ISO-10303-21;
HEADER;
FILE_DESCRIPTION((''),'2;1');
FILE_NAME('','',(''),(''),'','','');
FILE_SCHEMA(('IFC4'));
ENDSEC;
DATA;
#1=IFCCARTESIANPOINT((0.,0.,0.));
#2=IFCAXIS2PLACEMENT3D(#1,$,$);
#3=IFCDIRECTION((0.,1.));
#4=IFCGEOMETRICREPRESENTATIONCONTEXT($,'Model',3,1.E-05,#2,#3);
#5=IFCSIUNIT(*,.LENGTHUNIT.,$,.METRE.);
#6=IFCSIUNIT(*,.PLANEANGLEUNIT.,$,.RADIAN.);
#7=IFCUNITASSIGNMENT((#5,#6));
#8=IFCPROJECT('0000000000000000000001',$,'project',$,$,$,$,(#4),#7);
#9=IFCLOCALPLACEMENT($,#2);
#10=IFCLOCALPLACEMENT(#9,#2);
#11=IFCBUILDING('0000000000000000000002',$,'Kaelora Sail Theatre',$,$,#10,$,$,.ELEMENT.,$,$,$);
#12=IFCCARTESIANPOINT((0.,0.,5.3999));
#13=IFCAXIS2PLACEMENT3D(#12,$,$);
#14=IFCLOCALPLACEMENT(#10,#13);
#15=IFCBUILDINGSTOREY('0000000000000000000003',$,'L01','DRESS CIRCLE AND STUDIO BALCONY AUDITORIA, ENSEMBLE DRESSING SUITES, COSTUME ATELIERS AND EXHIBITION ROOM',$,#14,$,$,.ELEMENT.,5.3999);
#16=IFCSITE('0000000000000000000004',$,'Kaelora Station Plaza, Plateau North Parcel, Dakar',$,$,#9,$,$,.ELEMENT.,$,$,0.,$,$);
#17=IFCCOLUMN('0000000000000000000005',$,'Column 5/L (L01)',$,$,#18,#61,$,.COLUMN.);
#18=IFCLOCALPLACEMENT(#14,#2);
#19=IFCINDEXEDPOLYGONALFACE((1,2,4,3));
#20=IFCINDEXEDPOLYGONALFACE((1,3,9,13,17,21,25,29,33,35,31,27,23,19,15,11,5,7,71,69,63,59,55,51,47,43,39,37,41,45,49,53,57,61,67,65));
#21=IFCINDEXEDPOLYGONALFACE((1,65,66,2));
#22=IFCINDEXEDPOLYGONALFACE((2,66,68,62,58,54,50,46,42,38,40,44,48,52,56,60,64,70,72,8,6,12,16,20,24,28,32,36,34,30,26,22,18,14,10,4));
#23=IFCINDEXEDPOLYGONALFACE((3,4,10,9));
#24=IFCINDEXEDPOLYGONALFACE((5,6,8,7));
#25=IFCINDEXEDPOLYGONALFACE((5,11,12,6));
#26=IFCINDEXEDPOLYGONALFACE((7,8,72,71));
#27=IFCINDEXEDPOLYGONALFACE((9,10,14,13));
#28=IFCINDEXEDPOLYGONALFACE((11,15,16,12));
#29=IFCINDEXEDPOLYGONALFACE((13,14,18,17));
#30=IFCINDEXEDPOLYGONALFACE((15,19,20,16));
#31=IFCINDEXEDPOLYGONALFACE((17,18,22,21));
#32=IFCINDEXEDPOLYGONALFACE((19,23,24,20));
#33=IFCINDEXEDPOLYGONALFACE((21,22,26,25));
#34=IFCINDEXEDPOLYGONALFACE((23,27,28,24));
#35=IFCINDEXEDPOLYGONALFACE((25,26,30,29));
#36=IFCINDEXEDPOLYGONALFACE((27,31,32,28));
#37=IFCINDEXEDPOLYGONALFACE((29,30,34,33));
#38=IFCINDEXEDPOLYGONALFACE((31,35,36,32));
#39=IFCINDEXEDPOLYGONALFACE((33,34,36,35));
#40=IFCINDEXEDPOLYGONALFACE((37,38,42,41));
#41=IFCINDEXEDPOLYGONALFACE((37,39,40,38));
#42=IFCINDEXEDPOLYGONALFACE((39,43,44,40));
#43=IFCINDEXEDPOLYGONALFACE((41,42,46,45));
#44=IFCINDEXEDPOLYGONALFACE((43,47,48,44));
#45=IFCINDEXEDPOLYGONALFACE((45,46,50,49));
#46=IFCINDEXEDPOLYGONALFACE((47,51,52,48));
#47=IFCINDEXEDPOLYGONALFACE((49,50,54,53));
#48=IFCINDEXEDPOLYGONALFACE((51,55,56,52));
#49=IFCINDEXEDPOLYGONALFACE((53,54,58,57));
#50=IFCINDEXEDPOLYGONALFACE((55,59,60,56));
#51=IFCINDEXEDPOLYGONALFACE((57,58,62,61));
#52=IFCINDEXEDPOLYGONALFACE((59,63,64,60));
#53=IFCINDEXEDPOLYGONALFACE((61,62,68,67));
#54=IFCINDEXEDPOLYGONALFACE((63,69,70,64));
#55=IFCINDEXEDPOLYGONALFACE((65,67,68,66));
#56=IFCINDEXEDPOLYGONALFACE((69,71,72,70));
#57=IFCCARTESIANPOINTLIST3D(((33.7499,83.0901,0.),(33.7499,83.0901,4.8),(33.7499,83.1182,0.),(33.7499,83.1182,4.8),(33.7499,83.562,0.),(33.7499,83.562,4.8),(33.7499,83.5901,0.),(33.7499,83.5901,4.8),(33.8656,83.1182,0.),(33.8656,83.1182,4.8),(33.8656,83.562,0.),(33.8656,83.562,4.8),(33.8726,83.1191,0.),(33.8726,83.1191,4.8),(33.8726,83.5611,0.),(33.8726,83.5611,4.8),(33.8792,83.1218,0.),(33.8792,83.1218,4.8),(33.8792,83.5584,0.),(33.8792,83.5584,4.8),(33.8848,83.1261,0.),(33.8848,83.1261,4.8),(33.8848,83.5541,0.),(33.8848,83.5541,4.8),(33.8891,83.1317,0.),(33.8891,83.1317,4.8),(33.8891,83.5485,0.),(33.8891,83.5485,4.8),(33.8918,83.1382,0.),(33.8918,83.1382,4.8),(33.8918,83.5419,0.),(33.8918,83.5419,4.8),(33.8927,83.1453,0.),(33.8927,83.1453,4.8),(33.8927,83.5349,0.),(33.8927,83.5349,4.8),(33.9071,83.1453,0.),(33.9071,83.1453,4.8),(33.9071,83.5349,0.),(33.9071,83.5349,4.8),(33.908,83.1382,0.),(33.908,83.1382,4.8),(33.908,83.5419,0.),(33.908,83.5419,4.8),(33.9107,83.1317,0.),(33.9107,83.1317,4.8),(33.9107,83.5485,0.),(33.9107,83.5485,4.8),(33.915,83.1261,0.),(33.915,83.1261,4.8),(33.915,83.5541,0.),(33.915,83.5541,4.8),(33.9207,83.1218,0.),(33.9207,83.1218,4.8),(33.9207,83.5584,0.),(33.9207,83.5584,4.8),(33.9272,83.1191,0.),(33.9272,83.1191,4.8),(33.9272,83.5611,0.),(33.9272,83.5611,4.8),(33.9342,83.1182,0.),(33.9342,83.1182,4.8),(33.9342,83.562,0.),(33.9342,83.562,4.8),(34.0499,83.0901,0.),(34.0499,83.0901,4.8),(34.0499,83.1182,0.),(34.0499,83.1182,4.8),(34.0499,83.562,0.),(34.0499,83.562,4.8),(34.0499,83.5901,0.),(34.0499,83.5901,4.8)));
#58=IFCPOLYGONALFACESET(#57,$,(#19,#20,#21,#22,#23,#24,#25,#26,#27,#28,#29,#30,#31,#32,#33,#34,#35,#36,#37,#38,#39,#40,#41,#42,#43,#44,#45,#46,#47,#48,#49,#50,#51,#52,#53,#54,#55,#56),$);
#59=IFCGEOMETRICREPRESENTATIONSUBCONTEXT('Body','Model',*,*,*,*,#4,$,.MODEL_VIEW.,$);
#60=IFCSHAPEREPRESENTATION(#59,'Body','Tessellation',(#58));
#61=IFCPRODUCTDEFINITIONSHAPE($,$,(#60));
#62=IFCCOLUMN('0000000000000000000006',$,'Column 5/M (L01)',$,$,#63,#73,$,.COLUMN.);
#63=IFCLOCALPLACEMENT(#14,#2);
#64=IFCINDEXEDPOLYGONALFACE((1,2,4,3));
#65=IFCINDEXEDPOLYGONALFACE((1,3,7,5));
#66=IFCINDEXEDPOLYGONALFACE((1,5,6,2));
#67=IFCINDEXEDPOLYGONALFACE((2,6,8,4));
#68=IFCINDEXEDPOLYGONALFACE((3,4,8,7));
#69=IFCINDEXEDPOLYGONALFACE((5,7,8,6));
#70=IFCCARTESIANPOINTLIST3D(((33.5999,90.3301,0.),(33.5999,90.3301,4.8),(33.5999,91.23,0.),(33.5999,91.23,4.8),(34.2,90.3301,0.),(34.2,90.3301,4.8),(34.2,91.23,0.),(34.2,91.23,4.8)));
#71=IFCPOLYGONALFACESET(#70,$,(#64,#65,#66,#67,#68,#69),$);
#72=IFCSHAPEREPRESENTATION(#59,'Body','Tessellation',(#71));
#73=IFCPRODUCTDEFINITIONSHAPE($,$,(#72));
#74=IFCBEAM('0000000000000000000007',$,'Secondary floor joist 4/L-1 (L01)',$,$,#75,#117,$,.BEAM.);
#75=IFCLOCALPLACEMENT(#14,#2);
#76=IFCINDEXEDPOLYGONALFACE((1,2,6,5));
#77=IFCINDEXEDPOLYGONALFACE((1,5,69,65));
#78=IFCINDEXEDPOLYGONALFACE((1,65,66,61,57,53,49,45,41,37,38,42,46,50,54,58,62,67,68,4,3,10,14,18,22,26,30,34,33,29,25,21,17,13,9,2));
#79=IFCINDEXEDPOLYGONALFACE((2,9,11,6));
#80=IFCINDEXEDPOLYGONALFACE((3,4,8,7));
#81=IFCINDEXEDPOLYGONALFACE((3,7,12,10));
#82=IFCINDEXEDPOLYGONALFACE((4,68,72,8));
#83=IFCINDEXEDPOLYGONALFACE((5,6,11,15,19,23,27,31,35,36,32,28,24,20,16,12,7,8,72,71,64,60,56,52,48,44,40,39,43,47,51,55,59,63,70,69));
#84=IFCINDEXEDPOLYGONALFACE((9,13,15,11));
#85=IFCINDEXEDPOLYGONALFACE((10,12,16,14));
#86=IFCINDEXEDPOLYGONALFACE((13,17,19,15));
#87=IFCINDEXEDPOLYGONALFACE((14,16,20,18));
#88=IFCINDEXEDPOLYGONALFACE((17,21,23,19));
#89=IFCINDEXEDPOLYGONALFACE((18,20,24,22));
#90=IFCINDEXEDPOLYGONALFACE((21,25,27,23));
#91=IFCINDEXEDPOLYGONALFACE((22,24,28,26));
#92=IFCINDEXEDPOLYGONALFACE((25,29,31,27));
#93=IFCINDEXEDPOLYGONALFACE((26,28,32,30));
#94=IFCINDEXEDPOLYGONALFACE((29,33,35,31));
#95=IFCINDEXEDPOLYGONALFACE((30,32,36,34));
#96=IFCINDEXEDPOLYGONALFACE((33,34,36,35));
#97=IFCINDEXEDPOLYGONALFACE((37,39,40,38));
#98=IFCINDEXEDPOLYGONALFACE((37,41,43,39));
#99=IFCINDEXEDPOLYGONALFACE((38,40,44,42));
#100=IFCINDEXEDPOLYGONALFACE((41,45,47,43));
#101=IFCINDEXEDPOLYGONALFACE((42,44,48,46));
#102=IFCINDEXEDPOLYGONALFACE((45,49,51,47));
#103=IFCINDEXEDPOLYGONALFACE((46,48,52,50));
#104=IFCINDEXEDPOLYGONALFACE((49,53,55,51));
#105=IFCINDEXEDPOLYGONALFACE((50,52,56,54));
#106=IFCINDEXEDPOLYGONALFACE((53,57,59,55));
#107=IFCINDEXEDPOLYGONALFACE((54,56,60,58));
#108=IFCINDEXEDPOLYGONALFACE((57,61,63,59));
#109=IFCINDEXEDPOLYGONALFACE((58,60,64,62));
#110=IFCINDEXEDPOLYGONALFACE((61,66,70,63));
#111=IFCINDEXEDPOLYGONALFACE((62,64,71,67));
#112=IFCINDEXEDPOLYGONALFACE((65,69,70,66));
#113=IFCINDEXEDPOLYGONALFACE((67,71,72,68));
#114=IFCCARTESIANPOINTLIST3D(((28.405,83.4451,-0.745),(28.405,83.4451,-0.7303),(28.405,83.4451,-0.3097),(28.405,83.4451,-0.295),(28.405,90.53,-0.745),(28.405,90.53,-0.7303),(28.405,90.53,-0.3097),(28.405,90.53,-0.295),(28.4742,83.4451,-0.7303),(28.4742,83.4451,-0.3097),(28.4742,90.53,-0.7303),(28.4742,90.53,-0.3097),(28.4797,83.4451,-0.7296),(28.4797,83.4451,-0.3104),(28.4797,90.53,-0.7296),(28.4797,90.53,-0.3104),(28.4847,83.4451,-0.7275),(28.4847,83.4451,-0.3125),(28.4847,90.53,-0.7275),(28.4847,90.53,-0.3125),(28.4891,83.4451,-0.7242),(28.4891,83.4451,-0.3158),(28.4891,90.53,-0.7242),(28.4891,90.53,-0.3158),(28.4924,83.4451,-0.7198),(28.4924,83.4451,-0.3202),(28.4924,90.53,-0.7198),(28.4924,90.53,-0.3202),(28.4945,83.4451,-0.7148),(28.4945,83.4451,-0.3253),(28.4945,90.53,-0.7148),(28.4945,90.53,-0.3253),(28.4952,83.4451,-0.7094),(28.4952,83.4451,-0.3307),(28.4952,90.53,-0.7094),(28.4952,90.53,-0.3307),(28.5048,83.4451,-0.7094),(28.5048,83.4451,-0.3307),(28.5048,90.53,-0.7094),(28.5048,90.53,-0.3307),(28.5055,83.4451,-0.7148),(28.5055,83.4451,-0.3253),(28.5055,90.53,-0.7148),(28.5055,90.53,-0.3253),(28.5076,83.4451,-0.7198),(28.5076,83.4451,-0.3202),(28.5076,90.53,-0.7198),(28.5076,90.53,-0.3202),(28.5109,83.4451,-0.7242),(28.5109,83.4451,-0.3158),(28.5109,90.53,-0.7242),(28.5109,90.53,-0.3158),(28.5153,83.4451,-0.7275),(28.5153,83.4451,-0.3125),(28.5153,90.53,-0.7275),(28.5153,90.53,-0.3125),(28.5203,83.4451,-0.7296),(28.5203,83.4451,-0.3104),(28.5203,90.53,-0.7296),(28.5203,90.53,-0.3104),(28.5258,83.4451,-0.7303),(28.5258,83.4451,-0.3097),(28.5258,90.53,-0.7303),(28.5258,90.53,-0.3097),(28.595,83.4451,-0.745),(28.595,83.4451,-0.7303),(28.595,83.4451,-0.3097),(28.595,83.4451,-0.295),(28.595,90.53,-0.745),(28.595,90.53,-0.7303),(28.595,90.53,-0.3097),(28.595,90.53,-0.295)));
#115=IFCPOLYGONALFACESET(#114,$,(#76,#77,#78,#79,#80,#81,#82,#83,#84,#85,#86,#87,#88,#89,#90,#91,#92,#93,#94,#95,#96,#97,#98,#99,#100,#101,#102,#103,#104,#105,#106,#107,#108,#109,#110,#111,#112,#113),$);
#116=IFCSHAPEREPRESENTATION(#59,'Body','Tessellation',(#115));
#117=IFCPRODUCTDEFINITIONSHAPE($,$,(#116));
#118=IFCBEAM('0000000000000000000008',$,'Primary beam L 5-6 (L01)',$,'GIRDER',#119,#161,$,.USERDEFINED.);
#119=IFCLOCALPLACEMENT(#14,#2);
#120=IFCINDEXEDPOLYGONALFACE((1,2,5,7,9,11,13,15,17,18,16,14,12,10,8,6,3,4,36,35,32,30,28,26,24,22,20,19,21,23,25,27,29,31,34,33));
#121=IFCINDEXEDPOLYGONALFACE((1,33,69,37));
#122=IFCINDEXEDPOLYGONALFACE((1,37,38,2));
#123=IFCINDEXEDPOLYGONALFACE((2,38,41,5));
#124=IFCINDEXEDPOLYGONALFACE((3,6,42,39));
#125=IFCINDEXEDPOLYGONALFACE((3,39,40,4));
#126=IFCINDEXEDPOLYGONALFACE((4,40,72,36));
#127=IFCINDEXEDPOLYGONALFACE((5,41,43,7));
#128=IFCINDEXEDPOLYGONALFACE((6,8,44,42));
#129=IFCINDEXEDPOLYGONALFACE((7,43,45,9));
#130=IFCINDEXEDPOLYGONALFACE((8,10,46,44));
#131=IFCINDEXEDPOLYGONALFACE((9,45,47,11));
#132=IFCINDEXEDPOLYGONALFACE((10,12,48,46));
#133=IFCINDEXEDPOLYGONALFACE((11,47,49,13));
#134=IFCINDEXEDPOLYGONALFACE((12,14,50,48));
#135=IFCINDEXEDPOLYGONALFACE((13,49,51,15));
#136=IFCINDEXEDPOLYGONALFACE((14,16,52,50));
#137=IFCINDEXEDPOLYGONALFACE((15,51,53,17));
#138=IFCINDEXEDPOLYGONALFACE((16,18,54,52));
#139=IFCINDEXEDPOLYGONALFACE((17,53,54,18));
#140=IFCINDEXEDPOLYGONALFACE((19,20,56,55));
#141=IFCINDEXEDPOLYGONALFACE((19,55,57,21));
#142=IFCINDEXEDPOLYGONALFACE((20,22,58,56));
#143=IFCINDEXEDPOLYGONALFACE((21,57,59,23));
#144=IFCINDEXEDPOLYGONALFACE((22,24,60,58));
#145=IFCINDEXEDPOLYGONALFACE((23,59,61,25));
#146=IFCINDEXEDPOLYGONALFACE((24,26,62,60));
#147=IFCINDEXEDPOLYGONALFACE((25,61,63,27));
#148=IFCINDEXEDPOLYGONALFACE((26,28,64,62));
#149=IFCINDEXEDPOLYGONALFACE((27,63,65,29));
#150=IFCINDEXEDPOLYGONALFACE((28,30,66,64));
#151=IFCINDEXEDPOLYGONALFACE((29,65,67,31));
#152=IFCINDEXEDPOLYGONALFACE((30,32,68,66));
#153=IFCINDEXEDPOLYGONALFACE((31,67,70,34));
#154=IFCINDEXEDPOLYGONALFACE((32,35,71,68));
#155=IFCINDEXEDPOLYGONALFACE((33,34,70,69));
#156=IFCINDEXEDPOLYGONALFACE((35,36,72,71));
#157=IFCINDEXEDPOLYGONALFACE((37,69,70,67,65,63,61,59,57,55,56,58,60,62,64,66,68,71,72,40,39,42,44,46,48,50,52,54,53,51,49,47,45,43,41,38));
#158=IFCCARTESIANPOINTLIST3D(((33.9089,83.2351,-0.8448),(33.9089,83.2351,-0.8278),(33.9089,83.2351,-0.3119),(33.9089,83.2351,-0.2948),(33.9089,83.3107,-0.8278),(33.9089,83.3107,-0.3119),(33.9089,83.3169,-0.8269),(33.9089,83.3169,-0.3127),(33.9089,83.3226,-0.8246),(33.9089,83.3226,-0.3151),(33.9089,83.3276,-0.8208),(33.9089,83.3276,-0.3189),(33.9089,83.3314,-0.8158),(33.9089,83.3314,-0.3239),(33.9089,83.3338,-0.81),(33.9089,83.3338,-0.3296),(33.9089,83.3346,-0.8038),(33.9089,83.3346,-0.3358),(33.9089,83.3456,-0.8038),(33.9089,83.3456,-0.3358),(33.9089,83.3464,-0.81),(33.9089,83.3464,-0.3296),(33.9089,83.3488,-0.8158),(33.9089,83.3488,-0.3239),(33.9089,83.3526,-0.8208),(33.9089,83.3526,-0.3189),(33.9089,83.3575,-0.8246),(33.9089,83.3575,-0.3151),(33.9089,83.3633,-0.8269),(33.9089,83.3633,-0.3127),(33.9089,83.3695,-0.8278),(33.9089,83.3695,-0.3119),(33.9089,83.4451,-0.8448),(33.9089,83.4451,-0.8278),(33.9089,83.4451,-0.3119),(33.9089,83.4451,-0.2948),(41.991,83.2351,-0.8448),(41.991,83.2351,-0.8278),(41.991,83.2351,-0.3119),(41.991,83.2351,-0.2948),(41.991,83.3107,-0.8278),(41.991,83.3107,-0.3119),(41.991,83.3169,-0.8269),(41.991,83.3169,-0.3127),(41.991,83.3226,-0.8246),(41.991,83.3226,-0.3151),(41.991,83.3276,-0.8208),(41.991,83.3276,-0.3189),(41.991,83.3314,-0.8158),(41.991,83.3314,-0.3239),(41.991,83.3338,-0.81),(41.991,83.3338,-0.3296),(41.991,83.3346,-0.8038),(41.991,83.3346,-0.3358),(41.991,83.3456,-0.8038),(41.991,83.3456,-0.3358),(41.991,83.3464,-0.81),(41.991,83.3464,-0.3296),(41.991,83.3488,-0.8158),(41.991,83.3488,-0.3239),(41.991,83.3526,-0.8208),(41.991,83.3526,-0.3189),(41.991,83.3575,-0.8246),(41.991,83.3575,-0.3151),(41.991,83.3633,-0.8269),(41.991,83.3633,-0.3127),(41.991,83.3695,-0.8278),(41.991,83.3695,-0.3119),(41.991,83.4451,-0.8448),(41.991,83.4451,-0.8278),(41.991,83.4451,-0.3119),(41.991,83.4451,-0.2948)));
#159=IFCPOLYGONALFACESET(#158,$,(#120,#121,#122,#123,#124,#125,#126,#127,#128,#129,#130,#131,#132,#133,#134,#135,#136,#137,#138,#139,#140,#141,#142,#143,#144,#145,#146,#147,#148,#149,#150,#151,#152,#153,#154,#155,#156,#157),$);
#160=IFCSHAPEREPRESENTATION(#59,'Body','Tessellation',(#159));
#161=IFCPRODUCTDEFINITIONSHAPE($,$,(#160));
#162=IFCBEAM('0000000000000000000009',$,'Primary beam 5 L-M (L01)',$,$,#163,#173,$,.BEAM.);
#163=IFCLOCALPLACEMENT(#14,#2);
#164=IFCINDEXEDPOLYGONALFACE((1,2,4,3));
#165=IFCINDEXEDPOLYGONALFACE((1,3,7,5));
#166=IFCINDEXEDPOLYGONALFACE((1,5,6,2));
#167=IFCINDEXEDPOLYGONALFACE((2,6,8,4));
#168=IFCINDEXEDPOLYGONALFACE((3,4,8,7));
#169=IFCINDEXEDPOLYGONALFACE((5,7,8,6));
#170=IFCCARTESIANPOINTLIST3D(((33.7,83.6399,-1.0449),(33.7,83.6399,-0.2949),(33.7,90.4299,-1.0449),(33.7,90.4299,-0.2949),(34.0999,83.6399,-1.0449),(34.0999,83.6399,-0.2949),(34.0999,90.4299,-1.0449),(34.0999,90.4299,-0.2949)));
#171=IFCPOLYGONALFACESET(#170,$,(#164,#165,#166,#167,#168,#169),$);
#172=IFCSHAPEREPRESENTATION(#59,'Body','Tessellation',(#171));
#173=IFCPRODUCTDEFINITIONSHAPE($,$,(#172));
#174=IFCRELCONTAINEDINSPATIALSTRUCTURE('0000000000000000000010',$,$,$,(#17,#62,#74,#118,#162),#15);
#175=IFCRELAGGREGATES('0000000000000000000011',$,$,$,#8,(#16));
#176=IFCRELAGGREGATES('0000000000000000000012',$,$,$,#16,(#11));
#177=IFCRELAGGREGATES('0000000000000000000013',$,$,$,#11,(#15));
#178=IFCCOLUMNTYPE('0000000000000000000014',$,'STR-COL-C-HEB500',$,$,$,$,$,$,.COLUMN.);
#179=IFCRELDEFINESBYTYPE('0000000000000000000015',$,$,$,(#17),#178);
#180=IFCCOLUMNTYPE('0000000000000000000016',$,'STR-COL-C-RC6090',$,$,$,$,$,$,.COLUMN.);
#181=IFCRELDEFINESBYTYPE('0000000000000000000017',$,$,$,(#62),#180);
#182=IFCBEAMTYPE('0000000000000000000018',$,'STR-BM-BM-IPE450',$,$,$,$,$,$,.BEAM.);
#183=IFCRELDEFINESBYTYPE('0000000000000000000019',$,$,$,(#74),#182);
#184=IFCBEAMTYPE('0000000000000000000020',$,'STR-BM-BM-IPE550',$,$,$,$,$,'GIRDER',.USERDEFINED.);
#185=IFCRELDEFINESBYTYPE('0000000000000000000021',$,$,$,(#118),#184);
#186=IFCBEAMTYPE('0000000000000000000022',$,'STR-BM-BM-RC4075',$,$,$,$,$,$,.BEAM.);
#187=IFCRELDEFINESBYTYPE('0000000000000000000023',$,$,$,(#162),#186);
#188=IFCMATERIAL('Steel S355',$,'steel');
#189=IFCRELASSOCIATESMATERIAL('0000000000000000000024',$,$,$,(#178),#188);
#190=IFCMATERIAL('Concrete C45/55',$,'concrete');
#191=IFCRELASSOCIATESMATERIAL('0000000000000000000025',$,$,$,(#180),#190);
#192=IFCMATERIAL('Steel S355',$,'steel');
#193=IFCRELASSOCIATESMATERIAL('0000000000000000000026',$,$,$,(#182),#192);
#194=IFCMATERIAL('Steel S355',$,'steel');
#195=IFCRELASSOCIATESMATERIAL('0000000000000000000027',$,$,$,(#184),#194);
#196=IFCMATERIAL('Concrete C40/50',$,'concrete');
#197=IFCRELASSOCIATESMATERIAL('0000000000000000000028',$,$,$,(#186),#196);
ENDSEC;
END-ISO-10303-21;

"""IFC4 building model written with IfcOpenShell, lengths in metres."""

from ifc_helpers import new_model, si_unit, direction, frame, origin, origin_2d, place, context, subcontext, project, spatial, rectangle, i_section, extrude, material, material_profile, profile_set, type_object, element, save


model = new_model("IFC4")

# Units and contexts
model_context = context("Model", 3, precision=1e-05, world=origin(), true_north=direction((0.0, 1.0)))
body_context = subcontext(model_context, "Body", "Model", "MODEL_VIEW")
ifc_project = project(units=[si_unit("LENGTHUNIT", "METRE"), si_unit("PLANEANGLEUNIT", "RADIAN")], contexts=[model_context])

# Site, building, storey
site_placement = place(None, origin())
site = spatial("IfcSite", under=ifc_project, at=site_placement, Name="Kaelora Station Plaza, Plateau North Parcel, Dakar", CompositionType="ELEMENT", RefElevation=0.0)
building_placement = place(site_placement, origin())
building = spatial("IfcBuilding", under=site, at=building_placement, Name="Kaelora Sail Theatre", CompositionType="ELEMENT")
storey_placement = place(building_placement, frame((0.0, 0.0, 5.3999)))
storey = spatial("IfcBuildingStorey", under=building, at=storey_placement, Name="L01", Description="DRESS CIRCLE AND STUDIO BALCONY AUDITORIA, ENSEMBLE DRESSING SUITES, COSTUME ATELIERS AND EXHIBITION ROOM", CompositionType="ELEMENT", Elevation=5.3999)

# Columns
ifc_material_1 = material(Name="Steel S355", Category="steel")
ifc_material_profile_1 = material_profile(ifc_material_1, i_section(OverallWidth=0.3, OverallDepth=0.5, WebThickness=0.0144, FlangeThickness=0.0281, FilletRadius=0.0271, at=origin_2d()), Name="HEB 500")
ifc_profile_set_1 = profile_set([ifc_material_profile_1], Name="Steel S355")
column_type_1 = type_object("IfcColumnType", Name="STR-COL-C-HEB500", PredefinedType="COLUMN", material=ifc_profile_set_1)
column_1_placement = place(storey_placement, frame((33.8999, 83.3401, 0.0), z_axis=(0.0, 0.0, 1.0), x_axis=(1.0, 0.0, 0.0)))
element("IfcColumn", 1, at=column_1_placement, inside=storey, type_object=column_type_1, Name="Column 5/L (L01)", PredefinedType="COLUMN", context=body_context, shape_type="SweptSolid", body=[
    extrude(i_section(OverallWidth=0.3, OverallDepth=0.5, WebThickness=0.0144, FlangeThickness=0.0281, FilletRadius=0.0271, at=origin_2d()), origin(), (0.0, 0.0, 1.0), 4.8),
])
ifc_material_2 = material(Name="Concrete C45/55", Category="concrete")
ifc_material_profile_2 = material_profile(ifc_material_2, rectangle(XDim=0.6001, YDim=0.8999, at=origin_2d()), Name="RC-COL 600x900")
ifc_profile_set_2 = profile_set([ifc_material_profile_2], Name="Concrete C45/55")
column_type_2 = type_object("IfcColumnType", Name="STR-COL-C-RC6090", PredefinedType="COLUMN", material=ifc_profile_set_2)
column_2_placement = place(storey_placement, frame((33.8999, 90.78, 0.0), z_axis=(0.0, 0.0, 1.0), x_axis=(1.0, 0.0, 0.0)))
element("IfcColumn", 2, at=column_2_placement, inside=storey, type_object=column_type_2, Name="Column 5/M (L01)", PredefinedType="COLUMN", context=body_context, shape_type="SweptSolid", body=[
    extrude(rectangle(XDim=0.6001, YDim=0.8999, at=origin_2d()), origin(), (0.0, 0.0, 1.0), 4.8),
])

# Beams
ifc_material_3 = material(Name="Steel S355", Category="steel")
ifc_material_profile_3 = material_profile(ifc_material_3, i_section(OverallWidth=0.1899, OverallDepth=0.45, WebThickness=0.0095, FlangeThickness=0.0146, FilletRadius=0.021, at=origin_2d()), Name="IPE 450")
ifc_profile_set_3 = profile_set([ifc_material_profile_3], Name="Steel S355")
beam_type_1 = type_object("IfcBeamType", Name="STR-BM-BM-IPE450", PredefinedType="BEAM", material=ifc_profile_set_3)
beam_1_placement = place(storey_placement, frame((28.5, 83.4451, -0.52), z_axis=(0.0, 1.0, 0.0), x_axis=(-1.0, 0.0, 0.0)))
element("IfcBeam", 3, at=beam_1_placement, inside=storey, type_object=beam_type_1, Name="Secondary floor joist 4/L-1 (L01)", PredefinedType="BEAM", context=body_context, shape_type="SweptSolid", body=[
    extrude(i_section(OverallWidth=0.1899, OverallDepth=0.45, WebThickness=0.0095, FlangeThickness=0.0146, FilletRadius=0.021, at=origin_2d()), origin(), (0.0, 0.0, 1.0), 7.085),
])
ifc_material_4 = material(Name="Steel S355", Category="steel")
ifc_material_profile_4 = material_profile(ifc_material_4, i_section(OverallWidth=0.21, OverallDepth=0.55, WebThickness=0.011, FlangeThickness=0.0171, FilletRadius=0.0239, at=origin_2d()), Name="IPE 550")
ifc_profile_set_4 = profile_set([ifc_material_profile_4], Name="Steel S355")
beam_type_2 = type_object("IfcBeamType", Name="STR-BM-BM-IPE550", ElementType="GIRDER", PredefinedType="USERDEFINED", material=ifc_profile_set_4)
beam_2_placement = place(storey_placement, frame((33.9089, 83.3401, -0.5698), z_axis=(1.0, 0.0, 0.0), x_axis=(0.0, 1.0, 0.0)))
element("IfcBeam", 4, at=beam_2_placement, inside=storey, type_object=beam_type_2, Name="Primary beam L 5-6 (L01)", ObjectType="GIRDER", PredefinedType="USERDEFINED", context=body_context, shape_type="SweptSolid", body=[
    extrude(i_section(OverallWidth=0.21, OverallDepth=0.55, WebThickness=0.011, FlangeThickness=0.0171, FilletRadius=0.0239, at=origin_2d()), origin(), (0.0, 0.0, 1.0), 8.082),
])
ifc_material_5 = material(Name="Concrete C40/50", Category="concrete")
ifc_material_profile_5 = material_profile(ifc_material_5, rectangle(XDim=0.3999, YDim=0.75, at=origin_2d()), Name="RC-BM 400x750")
ifc_profile_set_5 = profile_set([ifc_material_profile_5], Name="Concrete C40/50")
beam_type_3 = type_object("IfcBeamType", Name="STR-BM-BM-RC4075", PredefinedType="BEAM", material=ifc_profile_set_5)
beam_3_placement = place(storey_placement, frame((33.8999, 83.6399, -0.6699), z_axis=(0.0, 1.0, 0.0), x_axis=(-1.0, 0.0, 0.0)))
element("IfcBeam", 5, at=beam_3_placement, inside=storey, type_object=beam_type_3, Name="Primary beam 5 L-M (L01)", PredefinedType="BEAM", context=body_context, shape_type="SweptSolid", body=[
    extrude(rectangle(XDim=0.3999, YDim=0.75, at=origin_2d()), origin(), (0.0, 0.0, 1.0), 6.79),
])

save(model, "model.ifc")
